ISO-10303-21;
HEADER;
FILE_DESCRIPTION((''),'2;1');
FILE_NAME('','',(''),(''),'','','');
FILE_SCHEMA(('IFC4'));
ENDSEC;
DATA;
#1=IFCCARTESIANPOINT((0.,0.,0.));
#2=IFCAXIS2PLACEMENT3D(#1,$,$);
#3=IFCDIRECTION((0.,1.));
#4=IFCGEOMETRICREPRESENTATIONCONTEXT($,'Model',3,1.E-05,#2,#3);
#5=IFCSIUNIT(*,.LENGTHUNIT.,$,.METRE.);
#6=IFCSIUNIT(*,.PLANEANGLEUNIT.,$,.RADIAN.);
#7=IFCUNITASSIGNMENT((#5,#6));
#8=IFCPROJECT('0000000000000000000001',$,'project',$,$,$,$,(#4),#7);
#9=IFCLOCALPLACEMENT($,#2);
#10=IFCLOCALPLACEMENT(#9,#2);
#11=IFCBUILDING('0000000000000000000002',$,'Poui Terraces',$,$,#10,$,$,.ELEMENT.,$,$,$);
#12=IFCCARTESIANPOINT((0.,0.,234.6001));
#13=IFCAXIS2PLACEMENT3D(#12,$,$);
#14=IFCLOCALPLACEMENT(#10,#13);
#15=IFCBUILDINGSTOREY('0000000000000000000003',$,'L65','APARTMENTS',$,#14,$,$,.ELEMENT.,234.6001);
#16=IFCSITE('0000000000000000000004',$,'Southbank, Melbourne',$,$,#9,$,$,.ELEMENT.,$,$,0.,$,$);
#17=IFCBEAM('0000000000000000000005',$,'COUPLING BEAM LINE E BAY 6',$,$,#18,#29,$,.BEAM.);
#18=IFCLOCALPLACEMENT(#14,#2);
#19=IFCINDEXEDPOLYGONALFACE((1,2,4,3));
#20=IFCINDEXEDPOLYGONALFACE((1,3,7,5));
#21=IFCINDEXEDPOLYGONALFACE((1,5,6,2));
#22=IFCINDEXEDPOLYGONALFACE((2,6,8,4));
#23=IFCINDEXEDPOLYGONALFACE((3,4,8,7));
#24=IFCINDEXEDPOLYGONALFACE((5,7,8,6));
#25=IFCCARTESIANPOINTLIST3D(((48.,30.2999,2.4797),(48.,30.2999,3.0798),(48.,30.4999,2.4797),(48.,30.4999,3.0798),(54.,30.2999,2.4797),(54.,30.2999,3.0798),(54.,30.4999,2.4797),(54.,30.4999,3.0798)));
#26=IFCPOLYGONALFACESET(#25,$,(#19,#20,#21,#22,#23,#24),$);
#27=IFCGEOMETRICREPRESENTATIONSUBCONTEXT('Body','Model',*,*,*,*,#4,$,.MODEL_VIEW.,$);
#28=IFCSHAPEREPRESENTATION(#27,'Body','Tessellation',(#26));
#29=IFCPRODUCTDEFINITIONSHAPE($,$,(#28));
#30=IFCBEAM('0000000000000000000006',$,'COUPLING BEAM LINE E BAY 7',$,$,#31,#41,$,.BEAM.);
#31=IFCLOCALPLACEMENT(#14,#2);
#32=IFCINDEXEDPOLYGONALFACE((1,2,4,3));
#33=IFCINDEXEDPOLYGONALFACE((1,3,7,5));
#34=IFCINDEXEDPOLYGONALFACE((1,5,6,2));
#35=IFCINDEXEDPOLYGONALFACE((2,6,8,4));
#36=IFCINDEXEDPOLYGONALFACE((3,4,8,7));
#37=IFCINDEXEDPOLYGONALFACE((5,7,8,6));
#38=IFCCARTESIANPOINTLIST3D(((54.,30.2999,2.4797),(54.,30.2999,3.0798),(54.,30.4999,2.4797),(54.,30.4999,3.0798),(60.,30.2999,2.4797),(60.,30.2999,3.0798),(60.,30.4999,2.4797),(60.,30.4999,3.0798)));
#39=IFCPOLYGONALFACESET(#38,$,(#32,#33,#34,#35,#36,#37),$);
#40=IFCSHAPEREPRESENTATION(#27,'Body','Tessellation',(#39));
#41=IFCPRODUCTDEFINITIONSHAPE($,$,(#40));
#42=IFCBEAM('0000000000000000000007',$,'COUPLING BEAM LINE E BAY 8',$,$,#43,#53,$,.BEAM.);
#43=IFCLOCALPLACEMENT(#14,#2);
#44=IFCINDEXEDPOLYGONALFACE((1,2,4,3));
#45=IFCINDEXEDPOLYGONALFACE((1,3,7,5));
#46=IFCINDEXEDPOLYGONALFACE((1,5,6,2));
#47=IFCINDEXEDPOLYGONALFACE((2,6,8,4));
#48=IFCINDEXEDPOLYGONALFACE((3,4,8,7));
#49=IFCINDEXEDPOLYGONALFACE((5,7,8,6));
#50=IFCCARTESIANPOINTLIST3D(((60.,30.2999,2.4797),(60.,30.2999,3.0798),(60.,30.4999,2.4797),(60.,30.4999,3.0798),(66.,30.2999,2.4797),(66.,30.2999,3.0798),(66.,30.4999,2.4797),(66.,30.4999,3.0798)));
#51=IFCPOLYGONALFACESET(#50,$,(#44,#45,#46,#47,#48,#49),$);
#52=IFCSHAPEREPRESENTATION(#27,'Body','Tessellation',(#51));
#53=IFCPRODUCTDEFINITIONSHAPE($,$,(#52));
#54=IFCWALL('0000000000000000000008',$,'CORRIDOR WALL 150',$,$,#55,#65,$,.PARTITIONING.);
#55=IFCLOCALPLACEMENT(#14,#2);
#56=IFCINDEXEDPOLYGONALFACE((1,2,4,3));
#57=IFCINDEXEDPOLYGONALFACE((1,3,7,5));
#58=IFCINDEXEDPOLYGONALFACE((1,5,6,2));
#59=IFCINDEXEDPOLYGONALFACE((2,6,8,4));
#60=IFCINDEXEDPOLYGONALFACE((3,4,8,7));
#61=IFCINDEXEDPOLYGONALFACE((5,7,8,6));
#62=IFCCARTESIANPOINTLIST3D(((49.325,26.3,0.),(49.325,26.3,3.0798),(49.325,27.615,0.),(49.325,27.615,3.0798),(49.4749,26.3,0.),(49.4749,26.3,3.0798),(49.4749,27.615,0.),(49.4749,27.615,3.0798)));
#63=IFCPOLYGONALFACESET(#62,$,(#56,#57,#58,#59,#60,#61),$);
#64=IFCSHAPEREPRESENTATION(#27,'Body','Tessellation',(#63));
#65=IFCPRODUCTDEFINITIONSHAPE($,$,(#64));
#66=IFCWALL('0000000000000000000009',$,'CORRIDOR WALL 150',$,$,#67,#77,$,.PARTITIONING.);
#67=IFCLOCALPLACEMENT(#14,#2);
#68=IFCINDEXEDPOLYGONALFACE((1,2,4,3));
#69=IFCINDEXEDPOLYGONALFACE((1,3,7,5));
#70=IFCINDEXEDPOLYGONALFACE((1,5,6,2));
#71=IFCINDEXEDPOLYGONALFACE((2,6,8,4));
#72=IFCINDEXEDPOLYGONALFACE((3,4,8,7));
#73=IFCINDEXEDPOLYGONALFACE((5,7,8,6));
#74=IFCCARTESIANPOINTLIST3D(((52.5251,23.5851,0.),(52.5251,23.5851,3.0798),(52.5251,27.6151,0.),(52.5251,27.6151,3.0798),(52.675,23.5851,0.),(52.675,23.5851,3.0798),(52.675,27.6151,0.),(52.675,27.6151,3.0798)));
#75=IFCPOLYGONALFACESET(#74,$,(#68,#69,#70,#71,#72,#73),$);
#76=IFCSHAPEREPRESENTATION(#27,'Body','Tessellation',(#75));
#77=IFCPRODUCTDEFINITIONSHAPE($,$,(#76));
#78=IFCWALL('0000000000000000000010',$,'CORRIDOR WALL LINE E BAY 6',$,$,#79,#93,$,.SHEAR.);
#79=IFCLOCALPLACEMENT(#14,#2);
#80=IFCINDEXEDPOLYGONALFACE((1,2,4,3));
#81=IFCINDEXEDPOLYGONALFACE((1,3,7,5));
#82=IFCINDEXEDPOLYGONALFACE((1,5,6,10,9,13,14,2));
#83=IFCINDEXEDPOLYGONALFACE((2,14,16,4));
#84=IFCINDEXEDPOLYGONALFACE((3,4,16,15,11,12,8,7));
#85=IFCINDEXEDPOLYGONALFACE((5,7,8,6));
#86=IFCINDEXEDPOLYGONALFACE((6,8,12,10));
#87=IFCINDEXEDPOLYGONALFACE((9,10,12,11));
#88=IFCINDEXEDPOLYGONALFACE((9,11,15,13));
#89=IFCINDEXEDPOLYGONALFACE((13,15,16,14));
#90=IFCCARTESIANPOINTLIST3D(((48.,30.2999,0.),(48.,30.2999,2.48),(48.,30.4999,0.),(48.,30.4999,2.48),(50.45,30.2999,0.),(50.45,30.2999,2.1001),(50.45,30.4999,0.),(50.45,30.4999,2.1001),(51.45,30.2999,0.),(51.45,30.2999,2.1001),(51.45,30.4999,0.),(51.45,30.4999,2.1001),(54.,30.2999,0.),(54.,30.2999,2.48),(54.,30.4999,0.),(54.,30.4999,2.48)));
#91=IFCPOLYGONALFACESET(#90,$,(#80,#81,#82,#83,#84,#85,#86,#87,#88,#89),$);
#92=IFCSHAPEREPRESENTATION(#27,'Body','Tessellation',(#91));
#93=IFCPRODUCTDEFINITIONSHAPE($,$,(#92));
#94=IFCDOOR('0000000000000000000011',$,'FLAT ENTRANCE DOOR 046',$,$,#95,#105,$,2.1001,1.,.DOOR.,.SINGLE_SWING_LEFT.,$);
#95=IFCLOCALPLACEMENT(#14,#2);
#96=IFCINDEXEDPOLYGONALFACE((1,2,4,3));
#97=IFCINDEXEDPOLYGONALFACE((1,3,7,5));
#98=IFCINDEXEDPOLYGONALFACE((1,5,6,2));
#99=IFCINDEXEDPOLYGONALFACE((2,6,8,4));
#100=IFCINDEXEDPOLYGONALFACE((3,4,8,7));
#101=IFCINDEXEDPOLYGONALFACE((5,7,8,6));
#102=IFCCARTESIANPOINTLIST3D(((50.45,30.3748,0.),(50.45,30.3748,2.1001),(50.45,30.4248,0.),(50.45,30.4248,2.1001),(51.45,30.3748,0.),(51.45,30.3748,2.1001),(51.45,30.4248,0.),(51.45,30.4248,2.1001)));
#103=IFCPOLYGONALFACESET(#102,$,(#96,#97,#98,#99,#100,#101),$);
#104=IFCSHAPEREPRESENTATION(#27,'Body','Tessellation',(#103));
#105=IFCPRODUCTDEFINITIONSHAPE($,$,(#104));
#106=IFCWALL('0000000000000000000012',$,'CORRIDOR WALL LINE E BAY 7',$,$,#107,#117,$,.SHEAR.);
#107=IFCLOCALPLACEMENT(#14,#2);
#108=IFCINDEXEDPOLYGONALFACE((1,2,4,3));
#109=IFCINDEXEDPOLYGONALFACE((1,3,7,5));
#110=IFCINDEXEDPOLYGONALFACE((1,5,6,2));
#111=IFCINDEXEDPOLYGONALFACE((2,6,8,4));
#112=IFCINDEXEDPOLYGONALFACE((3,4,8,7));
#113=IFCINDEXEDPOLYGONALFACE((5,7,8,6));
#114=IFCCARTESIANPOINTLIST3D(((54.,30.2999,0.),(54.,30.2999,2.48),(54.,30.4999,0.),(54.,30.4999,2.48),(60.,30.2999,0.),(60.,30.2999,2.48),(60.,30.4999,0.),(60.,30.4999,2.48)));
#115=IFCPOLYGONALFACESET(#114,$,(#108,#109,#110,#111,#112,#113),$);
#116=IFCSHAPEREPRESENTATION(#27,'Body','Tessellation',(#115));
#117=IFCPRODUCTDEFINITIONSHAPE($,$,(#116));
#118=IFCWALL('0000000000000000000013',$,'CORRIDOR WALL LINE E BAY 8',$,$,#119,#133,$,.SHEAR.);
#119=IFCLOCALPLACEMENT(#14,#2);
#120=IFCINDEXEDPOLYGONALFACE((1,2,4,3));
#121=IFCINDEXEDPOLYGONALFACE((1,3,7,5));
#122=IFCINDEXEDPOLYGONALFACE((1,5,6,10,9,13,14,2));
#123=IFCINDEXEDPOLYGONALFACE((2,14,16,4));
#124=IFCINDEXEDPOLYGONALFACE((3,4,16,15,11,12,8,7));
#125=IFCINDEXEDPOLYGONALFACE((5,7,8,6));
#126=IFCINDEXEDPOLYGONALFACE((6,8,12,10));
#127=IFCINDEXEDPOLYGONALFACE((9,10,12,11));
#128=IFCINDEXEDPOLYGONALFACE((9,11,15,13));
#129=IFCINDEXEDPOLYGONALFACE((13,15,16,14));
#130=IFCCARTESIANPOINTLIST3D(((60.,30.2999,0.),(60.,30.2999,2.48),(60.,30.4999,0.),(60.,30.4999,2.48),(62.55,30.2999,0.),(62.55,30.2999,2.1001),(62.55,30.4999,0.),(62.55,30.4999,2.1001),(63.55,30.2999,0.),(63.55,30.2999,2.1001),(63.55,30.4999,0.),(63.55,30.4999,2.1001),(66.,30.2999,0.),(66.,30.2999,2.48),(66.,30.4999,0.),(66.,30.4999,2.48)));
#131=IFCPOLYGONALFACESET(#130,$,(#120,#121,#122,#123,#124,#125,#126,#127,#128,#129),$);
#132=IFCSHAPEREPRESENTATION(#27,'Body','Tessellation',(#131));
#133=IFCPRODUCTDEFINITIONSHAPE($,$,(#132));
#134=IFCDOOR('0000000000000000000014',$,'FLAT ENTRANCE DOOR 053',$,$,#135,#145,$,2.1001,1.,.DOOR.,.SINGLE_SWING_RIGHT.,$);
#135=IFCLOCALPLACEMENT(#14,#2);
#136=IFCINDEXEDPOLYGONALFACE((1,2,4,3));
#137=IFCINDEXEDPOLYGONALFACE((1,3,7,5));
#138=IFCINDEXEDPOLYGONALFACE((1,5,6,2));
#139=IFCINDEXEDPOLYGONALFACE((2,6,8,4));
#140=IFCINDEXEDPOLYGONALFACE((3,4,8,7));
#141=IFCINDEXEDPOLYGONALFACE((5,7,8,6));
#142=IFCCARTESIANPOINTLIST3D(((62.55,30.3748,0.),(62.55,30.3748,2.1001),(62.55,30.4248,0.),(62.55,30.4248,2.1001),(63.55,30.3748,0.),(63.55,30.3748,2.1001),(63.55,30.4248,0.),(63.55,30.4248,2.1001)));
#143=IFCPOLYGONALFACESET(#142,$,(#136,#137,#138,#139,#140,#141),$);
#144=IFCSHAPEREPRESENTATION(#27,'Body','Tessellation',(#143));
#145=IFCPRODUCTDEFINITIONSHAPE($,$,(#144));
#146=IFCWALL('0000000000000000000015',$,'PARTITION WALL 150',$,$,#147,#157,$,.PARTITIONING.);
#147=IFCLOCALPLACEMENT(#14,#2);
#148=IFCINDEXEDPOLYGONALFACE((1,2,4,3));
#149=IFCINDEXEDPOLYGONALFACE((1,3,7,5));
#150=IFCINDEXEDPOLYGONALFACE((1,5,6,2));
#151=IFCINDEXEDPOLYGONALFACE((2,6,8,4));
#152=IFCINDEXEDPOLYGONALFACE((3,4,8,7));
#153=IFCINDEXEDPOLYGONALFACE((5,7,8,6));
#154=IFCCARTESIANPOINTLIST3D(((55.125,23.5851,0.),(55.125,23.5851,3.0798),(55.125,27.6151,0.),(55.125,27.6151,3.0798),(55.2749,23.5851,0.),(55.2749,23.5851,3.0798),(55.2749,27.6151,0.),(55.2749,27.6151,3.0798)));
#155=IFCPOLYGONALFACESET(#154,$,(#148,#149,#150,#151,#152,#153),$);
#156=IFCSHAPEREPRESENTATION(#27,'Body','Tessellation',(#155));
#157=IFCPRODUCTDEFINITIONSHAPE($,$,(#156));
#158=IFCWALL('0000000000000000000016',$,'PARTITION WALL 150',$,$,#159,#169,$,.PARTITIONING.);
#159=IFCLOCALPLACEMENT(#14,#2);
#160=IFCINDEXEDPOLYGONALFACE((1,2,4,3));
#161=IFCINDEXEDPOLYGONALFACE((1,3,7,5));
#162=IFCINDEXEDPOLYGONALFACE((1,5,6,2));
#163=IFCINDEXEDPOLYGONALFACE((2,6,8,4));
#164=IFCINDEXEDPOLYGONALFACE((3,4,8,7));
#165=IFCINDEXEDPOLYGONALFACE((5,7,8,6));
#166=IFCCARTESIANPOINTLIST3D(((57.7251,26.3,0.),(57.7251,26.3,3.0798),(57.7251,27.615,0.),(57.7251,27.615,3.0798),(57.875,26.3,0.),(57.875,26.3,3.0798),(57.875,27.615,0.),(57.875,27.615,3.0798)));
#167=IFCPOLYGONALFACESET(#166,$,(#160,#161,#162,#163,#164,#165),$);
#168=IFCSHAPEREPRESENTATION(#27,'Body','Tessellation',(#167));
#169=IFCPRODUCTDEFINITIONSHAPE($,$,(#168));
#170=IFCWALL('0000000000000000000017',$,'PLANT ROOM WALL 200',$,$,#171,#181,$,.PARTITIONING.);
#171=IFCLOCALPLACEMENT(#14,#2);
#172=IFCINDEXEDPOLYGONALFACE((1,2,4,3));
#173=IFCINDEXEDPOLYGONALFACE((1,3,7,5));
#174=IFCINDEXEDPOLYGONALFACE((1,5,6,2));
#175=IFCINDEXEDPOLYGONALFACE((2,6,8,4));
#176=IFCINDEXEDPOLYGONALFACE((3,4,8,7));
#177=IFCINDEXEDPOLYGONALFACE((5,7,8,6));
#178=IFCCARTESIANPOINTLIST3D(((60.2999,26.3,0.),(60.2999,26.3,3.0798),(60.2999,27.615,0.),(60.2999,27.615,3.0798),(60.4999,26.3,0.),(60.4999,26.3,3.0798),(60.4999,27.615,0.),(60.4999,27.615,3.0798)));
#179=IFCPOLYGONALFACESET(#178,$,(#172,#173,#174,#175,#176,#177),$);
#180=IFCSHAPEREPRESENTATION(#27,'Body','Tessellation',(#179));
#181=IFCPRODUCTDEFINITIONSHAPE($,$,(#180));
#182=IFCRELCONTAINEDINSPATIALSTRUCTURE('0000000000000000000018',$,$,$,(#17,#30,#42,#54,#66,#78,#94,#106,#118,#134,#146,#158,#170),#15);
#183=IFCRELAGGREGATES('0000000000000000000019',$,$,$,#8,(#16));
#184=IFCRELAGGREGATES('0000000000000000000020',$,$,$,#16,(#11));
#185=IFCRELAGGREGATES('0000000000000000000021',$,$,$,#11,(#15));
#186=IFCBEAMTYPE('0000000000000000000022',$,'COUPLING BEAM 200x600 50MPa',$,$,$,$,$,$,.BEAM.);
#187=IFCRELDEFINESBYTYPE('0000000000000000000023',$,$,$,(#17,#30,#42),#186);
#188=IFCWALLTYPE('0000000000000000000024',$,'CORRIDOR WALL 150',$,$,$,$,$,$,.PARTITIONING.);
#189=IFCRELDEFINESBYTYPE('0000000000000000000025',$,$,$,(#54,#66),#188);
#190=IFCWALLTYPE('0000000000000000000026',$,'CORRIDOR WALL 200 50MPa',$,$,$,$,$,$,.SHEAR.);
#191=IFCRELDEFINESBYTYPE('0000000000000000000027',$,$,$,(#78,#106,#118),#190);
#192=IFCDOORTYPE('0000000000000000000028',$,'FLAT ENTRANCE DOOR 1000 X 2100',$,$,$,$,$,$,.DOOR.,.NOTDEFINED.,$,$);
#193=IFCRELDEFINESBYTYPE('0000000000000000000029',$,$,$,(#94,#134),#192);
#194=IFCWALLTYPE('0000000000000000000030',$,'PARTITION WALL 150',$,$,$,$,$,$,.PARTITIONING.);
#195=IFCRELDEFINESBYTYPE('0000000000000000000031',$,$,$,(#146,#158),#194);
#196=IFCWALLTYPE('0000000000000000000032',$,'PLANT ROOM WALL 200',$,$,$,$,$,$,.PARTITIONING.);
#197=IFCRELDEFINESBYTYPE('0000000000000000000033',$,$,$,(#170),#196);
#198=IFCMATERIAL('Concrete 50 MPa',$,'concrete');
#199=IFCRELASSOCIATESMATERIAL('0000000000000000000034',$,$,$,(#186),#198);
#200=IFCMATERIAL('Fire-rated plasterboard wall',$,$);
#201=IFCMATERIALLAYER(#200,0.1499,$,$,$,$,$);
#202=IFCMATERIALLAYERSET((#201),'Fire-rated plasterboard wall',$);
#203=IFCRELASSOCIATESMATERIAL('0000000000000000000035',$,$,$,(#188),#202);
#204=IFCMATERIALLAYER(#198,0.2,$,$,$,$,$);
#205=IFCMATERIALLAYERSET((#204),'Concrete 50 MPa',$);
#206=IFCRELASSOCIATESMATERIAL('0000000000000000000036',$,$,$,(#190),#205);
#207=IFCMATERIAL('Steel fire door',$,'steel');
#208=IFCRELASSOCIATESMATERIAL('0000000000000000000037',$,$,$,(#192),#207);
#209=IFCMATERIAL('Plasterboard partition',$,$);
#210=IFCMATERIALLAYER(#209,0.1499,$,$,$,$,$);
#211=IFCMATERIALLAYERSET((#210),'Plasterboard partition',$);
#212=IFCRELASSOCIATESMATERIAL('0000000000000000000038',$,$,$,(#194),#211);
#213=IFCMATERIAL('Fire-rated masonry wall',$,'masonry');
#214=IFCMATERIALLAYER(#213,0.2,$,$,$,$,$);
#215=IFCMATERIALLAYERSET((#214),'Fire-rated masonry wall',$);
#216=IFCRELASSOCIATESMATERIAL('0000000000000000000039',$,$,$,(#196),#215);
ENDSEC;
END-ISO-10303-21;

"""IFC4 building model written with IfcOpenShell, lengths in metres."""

from ifc_helpers import new_model, si_unit, direction, frame, frame_2d, origin, origin_2d, place, context, subcontext, project, spatial, rectangle, extrude, source, transform, mapped, material, layer, layer_set, material_profile, profile_set, type_object, element, fill, save


model = new_model("IFC4")

# Units and contexts
model_context = context("Model", 3, precision=1e-05, world=origin(), true_north=direction((0.0, 1.0)))
body_context = subcontext(model_context, "Body", "Model", "MODEL_VIEW")
ifc_project = project(units=[si_unit("LENGTHUNIT", "METRE"), si_unit("PLANEANGLEUNIT", "RADIAN")], contexts=[model_context])

# Site, building, storey
site_placement = place(None, origin())
site = spatial("IfcSite", under=ifc_project, at=site_placement, Name="Southbank, Melbourne", CompositionType="ELEMENT", RefElevation=0.0)
building_placement = place(site_placement, origin())
building = spatial("IfcBuilding", under=site, at=building_placement, Name="Poui Terraces", CompositionType="ELEMENT")
storey_placement = place(building_placement, frame((0.0, 0.0, 234.6001)))
storey = spatial("IfcBuildingStorey", under=building, at=storey_placement, Name="L65", Description="APARTMENTS", CompositionType="ELEMENT", Elevation=234.6001)

# Beams
ifc_material_1 = material(Name="Concrete 50 MPa", Category="concrete")
ifc_material_profile = material_profile(ifc_material_1, rectangle(XDim=0.2, YDim=0.6001, at=origin_2d()), Name="RC 200x600")
ifc_profile_set = profile_set([ifc_material_profile], Name="Concrete 50 MPa")
beam_type = type_object("IfcBeamType", Name="COUPLING BEAM 200x600 50MPa", PredefinedType="BEAM", material=ifc_profile_set)
shared_shape = source(origin(), body_context, "Body", "SweptSolid", [
    extrude(rectangle(XDim=0.2, YDim=0.6001, at=origin_2d()), origin(), (0.0, 0.0, 1.0), 6.0),
])
for number, where, z_axis, x_axis, name in (
    (1, (48.0, 30.3999, 2.7798), (1.0, 0.0, 0.0), (0.0, 1.0, 0.0), "COUPLING BEAM LINE E BAY 6"),
    (2, (54.0, 30.3999, 2.7798), (1.0, 0.0, 0.0), (0.0, 1.0, 0.0), "COUPLING BEAM LINE E BAY 7"),
    (3, (60.0, 30.3999, 2.7798), (1.0, 0.0, 0.0), (0.0, 1.0, 0.0), "COUPLING BEAM LINE E BAY 8"),
):
    element("IfcBeam", number, at=place(storey_placement, frame(where, z_axis=z_axis, x_axis=x_axis)), inside=storey, type_object=beam_type, Name=name, PredefinedType="BEAM", context=body_context, shape_type="MappedRepresentation", body=[
        mapped(shared_shape, transform((0.0, 0.0, 0.0))),
    ])

# Walls
ifc_material_2 = material(Name="Fire-rated plasterboard wall")
ifc_layer_1 = layer(ifc_material_2, 0.1499)
ifc_layer_set_1 = layer_set([ifc_layer_1], Name="Fire-rated plasterboard wall")
wall_type_1 = type_object("IfcWallType", Name="CORRIDOR WALL 150", PredefinedType="PARTITIONING", material=ifc_layer_set_1)
wall_1_placement = place(storey_placement, frame((49.3999, 26.3, 0.0), z_axis=(0.0, 0.0, 1.0), x_axis=(0.0, 1.0, 0.0)))
element("IfcWall", 4, at=wall_1_placement, inside=storey, type_object=wall_type_1, Name="CORRIDOR WALL 150", PredefinedType="PARTITIONING", context=body_context, shape_type="SweptSolid", body=[
    extrude(rectangle(XDim=1.3149, YDim=0.1499, at=frame_2d((0.6575, 0.0))), origin(), (0.0, 0.0, 1.0), 3.0798),
])
wall_2_placement = place(storey_placement, frame((52.6001, 23.585, 0.0), z_axis=(0.0, 0.0, 1.0), x_axis=(0.0, 1.0, 0.0)))
element("IfcWall", 5, at=wall_2_placement, inside=storey, type_object=wall_type_1, Name="CORRIDOR WALL 150", PredefinedType="PARTITIONING", context=body_context, shape_type="SweptSolid", body=[
    extrude(rectangle(XDim=4.03, YDim=0.1499, at=frame_2d((2.0151, 0.0))), origin(), (0.0, 0.0, 1.0), 3.0798),
])

# Wall, opening, door
ifc_layer_2 = layer(ifc_material_1, 0.2)
ifc_layer_set_2 = layer_set([ifc_layer_2], Name="Concrete 50 MPa")
wall_type_2 = type_object("IfcWallType", Name="CORRIDOR WALL 200 50MPa", PredefinedType="SHEAR", material=ifc_layer_set_2)
wall_3_placement = place(storey_placement, frame((48.0, 30.3999, 0.0), z_axis=(0.0, 0.0, 1.0), x_axis=(1.0, 0.0, 0.0)))
wall_3 = element("IfcWall", 6, at=wall_3_placement, inside=storey, type_object=wall_type_2, Name="CORRIDOR WALL LINE E BAY 6", PredefinedType="SHEAR", context=body_context, shape_type="SweptSolid", body=[
    extrude(rectangle(XDim=6.0, YDim=0.2, at=frame_2d((3.0, 0.0))), origin(), (0.0, 0.0, 1.0), 2.48),
])
opening_1_placement = place(wall_3_placement, frame((2.45, 0.0, 0.0)))
opening_1 = element("IfcOpeningElement", 7, at=opening_1_placement, cuts=wall_3, PredefinedType="OPENING", context=body_context, shape_type="SweptSolid", body=[
    extrude(rectangle(XDim=1.0, YDim=2.1001, at=frame_2d((0.5, 1.05))), frame((0.0, 0.1099, 0.0), z_axis=(0.0, -1.0, 0.0), x_axis=(1.0, 0.0, 0.0)), (0.0, 0.0, 1.0), 0.22),
])
ifc_material_3 = material(Name="Steel fire door", Category="steel")
door_type = type_object("IfcDoorType", Name="FLAT ENTRANCE DOOR 1000 X 2100", OperationType="NOTDEFINED", PredefinedType="DOOR", material=ifc_material_3)
door_1_placement = place(opening_1_placement, origin())
door_1 = element("IfcDoor", 8, at=door_1_placement, inside=storey, type_object=door_type, Name="FLAT ENTRANCE DOOR 046", OperationType="SINGLE_SWING_LEFT", OverallHeight=2.1001, OverallWidth=1.0, PredefinedType="DOOR", context=body_context, shape_type="SweptSolid", body=[
    extrude(rectangle(XDim=1.0, YDim=2.1001, at=frame_2d((0.5, 1.05))), frame((0.0, 0.0249, 0.0), z_axis=(0.0, -1.0, 0.0), x_axis=(1.0, 0.0, 0.0)), (0.0, 0.0, 1.0), 0.05),
])
fill(opening_1, door_1)

# Wall
wall_4_placement = place(storey_placement, frame((54.0, 30.3999, 0.0), z_axis=(0.0, 0.0, 1.0), x_axis=(1.0, 0.0, 0.0)))
element("IfcWall", 9, at=wall_4_placement, inside=storey, type_object=wall_type_2, Name="CORRIDOR WALL LINE E BAY 7", PredefinedType="SHEAR", context=body_context, shape_type="SweptSolid", body=[
    extrude(rectangle(XDim=6.0, YDim=0.2, at=frame_2d((3.0, 0.0))), origin(), (0.0, 0.0, 1.0), 2.48),
])

# Wall, opening, door
wall_5_placement = place(storey_placement, frame((60.0, 30.3999, 0.0), z_axis=(0.0, 0.0, 1.0), x_axis=(1.0, 0.0, 0.0)))
wall_5 = element("IfcWall", 10, at=wall_5_placement, inside=storey, type_object=wall_type_2, Name="CORRIDOR WALL LINE E BAY 8", PredefinedType="SHEAR", context=body_context, shape_type="SweptSolid", body=[
    extrude(rectangle(XDim=6.0, YDim=0.2, at=frame_2d((3.0, 0.0))), origin(), (0.0, 0.0, 1.0), 2.48),
])
opening_2_placement = place(wall_5_placement, frame((2.55, 0.0, 0.0)))
opening_2 = element("IfcOpeningElement", 11, at=opening_2_placement, cuts=wall_5, PredefinedType="OPENING", context=body_context, shape_type="SweptSolid", body=[
    extrude(rectangle(XDim=1.0, YDim=2.1001, at=frame_2d((0.5, 1.05))), frame((0.0, 0.1099, 0.0), z_axis=(0.0, -1.0, 0.0), x_axis=(1.0, 0.0, 0.0)), (0.0, 0.0, 1.0), 0.22),
])
door_2_placement = place(opening_2_placement, origin())
door_2 = element("IfcDoor", 12, at=door_2_placement, inside=storey, type_object=door_type, Name="FLAT ENTRANCE DOOR 053", OperationType="SINGLE_SWING_RIGHT", OverallHeight=2.1001, OverallWidth=1.0, PredefinedType="DOOR", context=body_context, shape_type="SweptSolid", body=[
    extrude(rectangle(XDim=1.0, YDim=2.1001, at=frame_2d((0.5, 1.05))), frame((0.0, 0.0249, 0.0), z_axis=(0.0, -1.0, 0.0), x_axis=(1.0, 0.0, 0.0)), (0.0, 0.0, 1.0), 0.05),
])
fill(opening_2, door_2)

# Walls
ifc_material_4 = material(Name="Plasterboard partition")
ifc_layer_3 = layer(ifc_material_4, 0.1499)
ifc_layer_set_3 = layer_set([ifc_layer_3], Name="Plasterboard partition")
wall_type_3 = type_object("IfcWallType", Name="PARTITION WALL 150", PredefinedType="PARTITIONING", material=ifc_layer_set_3)
wall_6_placement = place(storey_placement, frame((55.2, 23.585, 0.0), z_axis=(0.0, 0.0, 1.0), x_axis=(0.0, 1.0, 0.0)))
element("IfcWall", 13, at=wall_6_placement, inside=storey, type_object=wall_type_3, Name="PARTITION WALL 150", PredefinedType="PARTITIONING", context=body_context, shape_type="SweptSolid", body=[
    extrude(rectangle(XDim=4.03, YDim=0.1499, at=frame_2d((2.0151, 0.0))), origin(), (0.0, 0.0, 1.0), 3.0798),
])
wall_7_placement = place(storey_placement, frame((57.8, 26.3, 0.0), z_axis=(0.0, 0.0, 1.0), x_axis=(0.0, 1.0, 0.0)))
element("IfcWall", 14, at=wall_7_placement, inside=storey, type_object=wall_type_3, Name="PARTITION WALL 150", PredefinedType="PARTITIONING", context=body_context, shape_type="SweptSolid", body=[
    extrude(rectangle(XDim=1.3149, YDim=0.1499, at=frame_2d((0.6575, 0.0))), origin(), (0.0, 0.0, 1.0), 3.0798),
])
ifc_material_5 = material(Name="Fire-rated masonry wall", Category="masonry")
ifc_layer_4 = layer(ifc_material_5, 0.2)
ifc_layer_set_4 = layer_set([ifc_layer_4], Name="Fire-rated masonry wall")
wall_type_4 = type_object("IfcWallType", Name="PLANT ROOM WALL 200", PredefinedType="PARTITIONING", material=ifc_layer_set_4)
for number, where, z_axis, x_axis, name in (
    (15, (60.3999, 26.3, 0.0), (0.0, 0.0, 1.0), (0.0, 1.0, 0.0), "PLANT ROOM WALL 200"),
):
    element("IfcWall", number, at=place(storey_placement, frame(where, z_axis=z_axis, x_axis=x_axis)), inside=storey, type_object=wall_type_4, Name=name, PredefinedType="PARTITIONING", context=body_context, shape_type="SweptSolid", body=[
        extrude(rectangle(XDim=1.3149, YDim=0.2, at=frame_2d((0.6575, 0.0))), origin(), (0.0, 0.0, 1.0), 3.0798),
    ])

save(model, "model.ifc")
